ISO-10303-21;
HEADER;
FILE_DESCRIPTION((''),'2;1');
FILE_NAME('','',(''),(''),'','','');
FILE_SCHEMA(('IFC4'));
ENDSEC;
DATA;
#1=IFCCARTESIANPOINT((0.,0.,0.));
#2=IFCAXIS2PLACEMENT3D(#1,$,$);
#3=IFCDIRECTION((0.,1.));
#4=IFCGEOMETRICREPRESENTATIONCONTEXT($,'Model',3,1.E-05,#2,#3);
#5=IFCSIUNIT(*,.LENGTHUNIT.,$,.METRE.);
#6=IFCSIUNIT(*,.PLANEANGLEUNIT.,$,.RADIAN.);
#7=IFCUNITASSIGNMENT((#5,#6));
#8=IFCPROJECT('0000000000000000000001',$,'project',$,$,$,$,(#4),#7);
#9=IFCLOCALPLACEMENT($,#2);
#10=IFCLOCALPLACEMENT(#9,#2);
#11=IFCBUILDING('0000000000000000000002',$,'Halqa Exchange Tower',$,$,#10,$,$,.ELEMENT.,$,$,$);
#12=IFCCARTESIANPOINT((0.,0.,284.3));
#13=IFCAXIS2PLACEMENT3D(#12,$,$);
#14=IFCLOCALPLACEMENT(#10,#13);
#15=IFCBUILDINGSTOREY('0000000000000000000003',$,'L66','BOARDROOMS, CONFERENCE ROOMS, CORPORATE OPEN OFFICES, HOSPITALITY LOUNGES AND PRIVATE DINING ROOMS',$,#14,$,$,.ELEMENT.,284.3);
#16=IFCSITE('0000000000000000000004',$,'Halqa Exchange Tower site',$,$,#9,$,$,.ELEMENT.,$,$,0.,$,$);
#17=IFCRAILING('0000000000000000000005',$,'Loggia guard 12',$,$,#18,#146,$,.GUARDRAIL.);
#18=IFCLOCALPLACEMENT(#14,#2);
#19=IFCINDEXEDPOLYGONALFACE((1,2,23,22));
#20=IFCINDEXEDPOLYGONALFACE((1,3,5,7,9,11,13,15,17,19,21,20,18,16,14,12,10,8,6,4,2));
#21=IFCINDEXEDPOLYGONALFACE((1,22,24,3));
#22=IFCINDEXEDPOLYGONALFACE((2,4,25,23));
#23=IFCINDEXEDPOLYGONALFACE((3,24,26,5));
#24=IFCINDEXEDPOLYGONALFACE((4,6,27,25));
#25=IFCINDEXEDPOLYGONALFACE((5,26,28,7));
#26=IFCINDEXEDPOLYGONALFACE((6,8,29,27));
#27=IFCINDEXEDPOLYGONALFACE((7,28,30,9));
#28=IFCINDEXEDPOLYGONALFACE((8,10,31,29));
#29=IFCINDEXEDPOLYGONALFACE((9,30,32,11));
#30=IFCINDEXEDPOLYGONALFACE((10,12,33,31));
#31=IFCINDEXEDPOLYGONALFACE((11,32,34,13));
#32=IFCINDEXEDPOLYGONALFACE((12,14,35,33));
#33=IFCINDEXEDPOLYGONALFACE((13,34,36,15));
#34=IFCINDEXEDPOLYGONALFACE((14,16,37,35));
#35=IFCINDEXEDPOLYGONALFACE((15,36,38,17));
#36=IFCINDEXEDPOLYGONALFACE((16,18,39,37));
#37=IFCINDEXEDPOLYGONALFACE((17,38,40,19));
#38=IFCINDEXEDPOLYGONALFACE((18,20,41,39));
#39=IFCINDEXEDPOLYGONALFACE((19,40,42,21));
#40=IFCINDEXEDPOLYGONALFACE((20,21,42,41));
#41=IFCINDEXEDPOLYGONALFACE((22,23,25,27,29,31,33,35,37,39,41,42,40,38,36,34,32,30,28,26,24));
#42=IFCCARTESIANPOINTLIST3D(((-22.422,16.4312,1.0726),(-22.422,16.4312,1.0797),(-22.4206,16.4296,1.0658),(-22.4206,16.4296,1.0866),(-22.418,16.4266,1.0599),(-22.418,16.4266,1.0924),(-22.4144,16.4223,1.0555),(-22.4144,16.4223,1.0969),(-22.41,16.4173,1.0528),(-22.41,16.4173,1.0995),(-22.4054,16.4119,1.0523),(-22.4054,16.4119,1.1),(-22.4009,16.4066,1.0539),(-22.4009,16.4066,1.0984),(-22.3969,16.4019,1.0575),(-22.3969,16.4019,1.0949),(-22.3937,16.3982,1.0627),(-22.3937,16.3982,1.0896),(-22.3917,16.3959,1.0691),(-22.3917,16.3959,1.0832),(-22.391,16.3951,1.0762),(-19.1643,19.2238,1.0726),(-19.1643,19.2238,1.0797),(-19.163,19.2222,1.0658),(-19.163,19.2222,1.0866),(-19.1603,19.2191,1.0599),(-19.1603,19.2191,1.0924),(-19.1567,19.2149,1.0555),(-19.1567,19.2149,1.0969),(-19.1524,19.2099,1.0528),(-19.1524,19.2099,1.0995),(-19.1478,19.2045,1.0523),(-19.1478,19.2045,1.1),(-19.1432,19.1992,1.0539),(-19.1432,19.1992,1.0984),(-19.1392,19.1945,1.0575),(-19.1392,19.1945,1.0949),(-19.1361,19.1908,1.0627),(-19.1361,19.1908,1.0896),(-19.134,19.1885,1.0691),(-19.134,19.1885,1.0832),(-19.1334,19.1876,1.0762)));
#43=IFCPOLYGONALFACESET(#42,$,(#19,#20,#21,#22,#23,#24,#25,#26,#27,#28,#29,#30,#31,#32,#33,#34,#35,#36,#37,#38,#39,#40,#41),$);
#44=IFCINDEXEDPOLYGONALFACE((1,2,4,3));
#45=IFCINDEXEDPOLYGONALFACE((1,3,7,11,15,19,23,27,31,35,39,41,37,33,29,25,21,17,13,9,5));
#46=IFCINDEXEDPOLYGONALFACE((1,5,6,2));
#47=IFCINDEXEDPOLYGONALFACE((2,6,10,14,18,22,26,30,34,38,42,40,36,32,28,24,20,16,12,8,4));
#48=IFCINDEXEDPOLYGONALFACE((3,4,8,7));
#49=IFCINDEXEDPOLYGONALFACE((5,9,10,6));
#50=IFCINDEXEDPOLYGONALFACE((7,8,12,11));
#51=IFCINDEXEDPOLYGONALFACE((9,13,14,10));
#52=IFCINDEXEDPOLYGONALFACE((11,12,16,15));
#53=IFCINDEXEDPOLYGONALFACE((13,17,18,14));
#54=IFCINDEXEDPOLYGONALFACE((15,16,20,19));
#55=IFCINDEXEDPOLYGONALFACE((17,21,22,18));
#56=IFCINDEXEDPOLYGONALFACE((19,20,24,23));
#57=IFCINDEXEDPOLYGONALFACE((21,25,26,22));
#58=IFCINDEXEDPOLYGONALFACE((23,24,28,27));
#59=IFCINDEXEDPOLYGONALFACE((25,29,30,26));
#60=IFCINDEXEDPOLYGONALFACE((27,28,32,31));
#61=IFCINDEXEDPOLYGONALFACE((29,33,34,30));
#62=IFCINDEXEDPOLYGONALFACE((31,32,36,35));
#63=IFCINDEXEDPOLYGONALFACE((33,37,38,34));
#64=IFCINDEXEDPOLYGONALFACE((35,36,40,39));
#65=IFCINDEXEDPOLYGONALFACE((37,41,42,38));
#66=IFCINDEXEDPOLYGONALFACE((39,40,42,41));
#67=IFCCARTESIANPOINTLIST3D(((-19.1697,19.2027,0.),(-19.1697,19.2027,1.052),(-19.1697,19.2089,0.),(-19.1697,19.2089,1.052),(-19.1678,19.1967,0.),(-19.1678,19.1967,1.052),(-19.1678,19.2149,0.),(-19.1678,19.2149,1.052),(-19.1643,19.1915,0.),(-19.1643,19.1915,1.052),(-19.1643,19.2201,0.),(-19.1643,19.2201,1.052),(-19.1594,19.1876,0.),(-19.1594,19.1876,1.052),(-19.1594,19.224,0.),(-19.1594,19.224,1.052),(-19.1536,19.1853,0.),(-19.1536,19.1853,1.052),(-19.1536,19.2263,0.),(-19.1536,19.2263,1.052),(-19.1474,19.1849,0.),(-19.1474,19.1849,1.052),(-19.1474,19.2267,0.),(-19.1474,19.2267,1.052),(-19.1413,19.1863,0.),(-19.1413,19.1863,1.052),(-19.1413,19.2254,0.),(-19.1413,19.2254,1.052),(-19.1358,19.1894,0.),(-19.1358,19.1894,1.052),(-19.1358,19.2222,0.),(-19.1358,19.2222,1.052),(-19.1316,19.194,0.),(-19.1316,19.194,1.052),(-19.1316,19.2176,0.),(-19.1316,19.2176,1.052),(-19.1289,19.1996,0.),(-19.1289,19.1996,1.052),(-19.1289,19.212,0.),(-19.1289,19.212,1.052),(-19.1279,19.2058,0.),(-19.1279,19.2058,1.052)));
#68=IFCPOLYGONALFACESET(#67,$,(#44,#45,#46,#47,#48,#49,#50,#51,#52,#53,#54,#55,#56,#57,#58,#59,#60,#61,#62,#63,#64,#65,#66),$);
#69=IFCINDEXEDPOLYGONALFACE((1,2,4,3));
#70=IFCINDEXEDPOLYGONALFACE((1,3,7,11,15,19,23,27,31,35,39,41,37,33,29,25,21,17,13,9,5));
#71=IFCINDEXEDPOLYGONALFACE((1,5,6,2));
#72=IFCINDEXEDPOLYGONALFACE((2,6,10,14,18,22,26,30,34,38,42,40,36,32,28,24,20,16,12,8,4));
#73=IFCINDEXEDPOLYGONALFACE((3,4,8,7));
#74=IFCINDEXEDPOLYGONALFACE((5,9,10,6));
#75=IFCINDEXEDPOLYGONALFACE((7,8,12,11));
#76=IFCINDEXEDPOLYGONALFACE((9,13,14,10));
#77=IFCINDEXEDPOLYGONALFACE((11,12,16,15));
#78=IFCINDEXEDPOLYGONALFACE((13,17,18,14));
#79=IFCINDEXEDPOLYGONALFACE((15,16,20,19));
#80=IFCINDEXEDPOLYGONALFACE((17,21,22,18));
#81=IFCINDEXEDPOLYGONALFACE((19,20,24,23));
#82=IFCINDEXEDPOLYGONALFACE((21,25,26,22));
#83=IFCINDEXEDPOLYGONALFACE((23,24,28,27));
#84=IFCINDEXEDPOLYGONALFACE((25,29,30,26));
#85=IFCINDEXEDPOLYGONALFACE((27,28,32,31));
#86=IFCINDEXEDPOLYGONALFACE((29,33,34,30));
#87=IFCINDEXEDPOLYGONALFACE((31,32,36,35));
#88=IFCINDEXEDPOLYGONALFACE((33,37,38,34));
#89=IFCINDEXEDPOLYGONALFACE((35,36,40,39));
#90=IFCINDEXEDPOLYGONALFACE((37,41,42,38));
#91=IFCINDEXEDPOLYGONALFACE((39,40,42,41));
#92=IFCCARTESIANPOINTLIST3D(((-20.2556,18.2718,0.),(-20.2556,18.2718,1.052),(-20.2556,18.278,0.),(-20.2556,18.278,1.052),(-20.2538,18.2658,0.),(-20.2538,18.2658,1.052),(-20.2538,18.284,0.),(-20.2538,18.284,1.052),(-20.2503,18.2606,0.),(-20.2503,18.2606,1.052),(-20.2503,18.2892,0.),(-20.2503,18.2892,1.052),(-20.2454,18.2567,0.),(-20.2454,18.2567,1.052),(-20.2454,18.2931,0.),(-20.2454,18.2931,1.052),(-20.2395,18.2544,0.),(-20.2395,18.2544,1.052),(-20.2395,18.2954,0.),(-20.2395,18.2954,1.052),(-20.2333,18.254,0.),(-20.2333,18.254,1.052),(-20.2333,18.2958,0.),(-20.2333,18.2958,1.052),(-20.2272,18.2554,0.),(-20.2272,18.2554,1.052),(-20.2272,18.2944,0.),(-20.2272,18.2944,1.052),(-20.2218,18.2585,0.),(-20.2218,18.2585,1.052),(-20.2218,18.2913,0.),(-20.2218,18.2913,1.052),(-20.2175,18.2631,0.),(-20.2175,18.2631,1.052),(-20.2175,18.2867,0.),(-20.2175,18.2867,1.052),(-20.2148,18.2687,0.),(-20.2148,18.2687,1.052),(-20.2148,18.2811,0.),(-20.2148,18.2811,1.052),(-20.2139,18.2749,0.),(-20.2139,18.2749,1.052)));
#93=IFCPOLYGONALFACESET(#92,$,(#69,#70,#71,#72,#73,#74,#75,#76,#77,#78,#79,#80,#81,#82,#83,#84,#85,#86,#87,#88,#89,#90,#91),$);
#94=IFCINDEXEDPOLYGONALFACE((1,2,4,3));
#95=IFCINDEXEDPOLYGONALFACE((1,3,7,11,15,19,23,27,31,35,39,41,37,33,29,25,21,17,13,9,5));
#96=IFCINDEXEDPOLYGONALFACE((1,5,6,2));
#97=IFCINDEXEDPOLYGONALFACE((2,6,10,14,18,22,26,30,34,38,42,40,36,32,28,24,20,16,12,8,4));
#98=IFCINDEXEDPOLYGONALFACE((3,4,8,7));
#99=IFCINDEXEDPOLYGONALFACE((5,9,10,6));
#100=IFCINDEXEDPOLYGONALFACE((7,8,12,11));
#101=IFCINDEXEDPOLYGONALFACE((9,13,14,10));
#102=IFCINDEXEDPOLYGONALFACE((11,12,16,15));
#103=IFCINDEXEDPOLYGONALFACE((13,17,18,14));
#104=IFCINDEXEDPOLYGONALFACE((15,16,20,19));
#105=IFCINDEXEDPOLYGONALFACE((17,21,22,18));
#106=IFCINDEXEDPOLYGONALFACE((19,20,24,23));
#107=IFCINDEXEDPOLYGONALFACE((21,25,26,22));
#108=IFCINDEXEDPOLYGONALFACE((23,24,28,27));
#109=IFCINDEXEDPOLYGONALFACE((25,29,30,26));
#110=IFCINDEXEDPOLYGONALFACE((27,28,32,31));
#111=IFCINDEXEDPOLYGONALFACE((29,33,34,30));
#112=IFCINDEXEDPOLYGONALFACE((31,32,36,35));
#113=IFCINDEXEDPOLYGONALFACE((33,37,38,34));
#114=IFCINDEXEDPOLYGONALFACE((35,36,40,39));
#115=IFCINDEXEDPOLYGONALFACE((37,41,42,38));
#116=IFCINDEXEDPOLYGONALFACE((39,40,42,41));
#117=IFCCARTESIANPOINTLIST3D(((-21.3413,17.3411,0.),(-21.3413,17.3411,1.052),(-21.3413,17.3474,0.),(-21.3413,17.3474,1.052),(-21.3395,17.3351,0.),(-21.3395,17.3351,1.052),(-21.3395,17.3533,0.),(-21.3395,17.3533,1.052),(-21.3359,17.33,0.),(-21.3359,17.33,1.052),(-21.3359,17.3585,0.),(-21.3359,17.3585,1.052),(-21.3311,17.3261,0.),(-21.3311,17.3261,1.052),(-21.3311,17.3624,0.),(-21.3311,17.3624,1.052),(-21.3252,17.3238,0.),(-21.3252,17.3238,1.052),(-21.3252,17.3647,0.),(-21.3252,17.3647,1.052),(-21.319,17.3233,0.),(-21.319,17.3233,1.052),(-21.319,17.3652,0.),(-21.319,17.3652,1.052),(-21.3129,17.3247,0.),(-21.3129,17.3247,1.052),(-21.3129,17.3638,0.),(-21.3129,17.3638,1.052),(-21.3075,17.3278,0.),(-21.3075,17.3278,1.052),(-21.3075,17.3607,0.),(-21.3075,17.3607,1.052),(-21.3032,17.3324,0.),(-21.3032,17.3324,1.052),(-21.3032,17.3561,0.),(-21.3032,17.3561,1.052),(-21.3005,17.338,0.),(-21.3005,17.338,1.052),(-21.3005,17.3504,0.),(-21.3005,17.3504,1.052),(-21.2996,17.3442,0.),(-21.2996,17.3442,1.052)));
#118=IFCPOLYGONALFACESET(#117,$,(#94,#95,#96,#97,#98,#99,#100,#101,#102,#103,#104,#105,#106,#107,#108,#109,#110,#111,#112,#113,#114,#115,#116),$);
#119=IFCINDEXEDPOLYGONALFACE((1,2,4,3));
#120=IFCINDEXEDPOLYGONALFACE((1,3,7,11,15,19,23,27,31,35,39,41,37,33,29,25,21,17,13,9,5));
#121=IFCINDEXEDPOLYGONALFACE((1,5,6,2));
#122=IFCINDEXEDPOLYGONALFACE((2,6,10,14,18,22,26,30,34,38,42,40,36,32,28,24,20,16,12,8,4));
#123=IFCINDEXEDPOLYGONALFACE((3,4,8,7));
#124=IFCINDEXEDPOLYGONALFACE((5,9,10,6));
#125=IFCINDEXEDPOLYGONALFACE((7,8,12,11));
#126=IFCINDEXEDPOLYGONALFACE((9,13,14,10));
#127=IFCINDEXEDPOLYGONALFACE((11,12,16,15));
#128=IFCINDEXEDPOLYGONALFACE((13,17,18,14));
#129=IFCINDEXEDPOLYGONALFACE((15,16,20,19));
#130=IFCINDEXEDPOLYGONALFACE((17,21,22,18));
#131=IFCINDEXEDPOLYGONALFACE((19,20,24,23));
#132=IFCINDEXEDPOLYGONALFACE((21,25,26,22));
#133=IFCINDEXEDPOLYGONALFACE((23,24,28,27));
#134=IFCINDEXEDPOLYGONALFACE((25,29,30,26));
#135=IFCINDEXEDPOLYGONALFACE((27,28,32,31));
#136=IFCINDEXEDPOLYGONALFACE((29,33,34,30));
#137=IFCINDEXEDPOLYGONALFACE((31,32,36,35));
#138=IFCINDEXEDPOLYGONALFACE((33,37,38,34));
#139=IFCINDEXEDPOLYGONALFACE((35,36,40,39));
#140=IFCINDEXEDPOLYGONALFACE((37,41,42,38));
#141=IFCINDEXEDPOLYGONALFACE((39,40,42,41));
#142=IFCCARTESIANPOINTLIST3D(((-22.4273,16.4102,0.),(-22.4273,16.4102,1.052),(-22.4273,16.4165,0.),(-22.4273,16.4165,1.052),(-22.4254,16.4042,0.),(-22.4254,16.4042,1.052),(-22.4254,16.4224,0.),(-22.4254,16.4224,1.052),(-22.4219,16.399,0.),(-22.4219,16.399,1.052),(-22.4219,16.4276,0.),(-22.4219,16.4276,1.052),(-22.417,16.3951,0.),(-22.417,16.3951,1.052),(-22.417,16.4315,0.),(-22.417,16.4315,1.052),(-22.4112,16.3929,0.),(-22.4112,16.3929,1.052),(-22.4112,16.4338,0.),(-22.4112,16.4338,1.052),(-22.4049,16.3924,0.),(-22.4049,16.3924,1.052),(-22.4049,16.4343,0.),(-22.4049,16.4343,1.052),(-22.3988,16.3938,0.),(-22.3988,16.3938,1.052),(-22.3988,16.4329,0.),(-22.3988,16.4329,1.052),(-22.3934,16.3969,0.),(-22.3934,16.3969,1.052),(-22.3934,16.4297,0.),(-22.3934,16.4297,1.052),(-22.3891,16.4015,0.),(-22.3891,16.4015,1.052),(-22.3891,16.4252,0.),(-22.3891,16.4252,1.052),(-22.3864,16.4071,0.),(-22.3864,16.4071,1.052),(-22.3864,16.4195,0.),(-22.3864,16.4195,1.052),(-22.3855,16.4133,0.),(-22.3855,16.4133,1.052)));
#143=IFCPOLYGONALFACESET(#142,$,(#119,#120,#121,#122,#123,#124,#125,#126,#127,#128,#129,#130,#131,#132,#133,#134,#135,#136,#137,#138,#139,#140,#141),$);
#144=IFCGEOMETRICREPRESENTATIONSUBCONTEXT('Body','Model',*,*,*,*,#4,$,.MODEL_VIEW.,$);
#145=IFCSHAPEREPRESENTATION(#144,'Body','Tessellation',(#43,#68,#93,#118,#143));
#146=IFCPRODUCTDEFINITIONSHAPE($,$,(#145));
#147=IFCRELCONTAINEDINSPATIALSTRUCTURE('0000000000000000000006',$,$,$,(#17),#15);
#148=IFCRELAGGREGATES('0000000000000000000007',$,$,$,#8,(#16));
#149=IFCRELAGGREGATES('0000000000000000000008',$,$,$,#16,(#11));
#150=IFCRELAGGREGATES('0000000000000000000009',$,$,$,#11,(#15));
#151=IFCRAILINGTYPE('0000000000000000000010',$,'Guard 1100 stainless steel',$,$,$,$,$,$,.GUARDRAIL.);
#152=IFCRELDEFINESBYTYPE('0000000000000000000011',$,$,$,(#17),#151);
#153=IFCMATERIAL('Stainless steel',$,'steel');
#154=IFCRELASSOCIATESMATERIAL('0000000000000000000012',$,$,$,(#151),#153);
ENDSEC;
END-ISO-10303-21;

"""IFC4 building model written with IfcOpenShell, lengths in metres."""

from ifc_helpers import new_model, si_unit, direction, frame, origin, origin_2d, place, context, subcontext, project, spatial, circle, extrude, material, type_object, element, save


model = new_model("IFC4")

# Units and contexts
model_context = context("Model", 3, precision=1e-05, world=origin(), true_north=direction((0.0, 1.0)))
body_context = subcontext(model_context, "Body", "Model", "MODEL_VIEW")
ifc_project = project(units=[si_unit("LENGTHUNIT", "METRE"), si_unit("PLANEANGLEUNIT", "RADIAN")], contexts=[model_context])

# Site, building, storey
site_placement = place(None, origin())
site = spatial("IfcSite", under=ifc_project, at=site_placement, Name="Halqa Exchange Tower site", CompositionType="ELEMENT", RefElevation=0.0)
building_placement = place(site_placement, origin())
building = spatial("IfcBuilding", under=site, at=building_placement, Name="Halqa Exchange Tower", CompositionType="ELEMENT")
storey_placement = place(building_placement, frame((0.0, 0.0, 284.3)))
storey = spatial("IfcBuildingStorey", under=building, at=storey_placement, Name="L66", Description="BOARDROOMS, CONFERENCE ROOMS, CORPORATE OPEN OFFICES, HOSPITALITY LOUNGES AND PRIVATE DINING ROOMS", CompositionType="ELEMENT", Elevation=284.3)

# Railing
ifc_material_1 = material(Name="Stainless steel", Category="steel")
railing_type = type_object("IfcRailingType", Name="Guard 1100 stainless steel", PredefinedType="GUARDRAIL", material=ifc_material_1)
railing_1_placement = place(storey_placement, frame((-19.1489, 19.2058, 0.0)))
element("IfcRailing", 1, at=railing_1_placement, inside=storey, type_object=railing_type, Name="Loggia guard 12", PredefinedType="GUARDRAIL", context=body_context, shape_type="SweptSolid", body=[
    extrude(circle(Radius=0.0239, at=origin_2d()), frame((0.0, 0.0, 1.0762), z_axis=(-0.759224, -0.650829, 0.0), x_axis=(0.650829, -0.759224, 0.0)), (0.0, 0.0, 1.0), 4.2908),
    extrude(circle(Radius=0.021, at=origin_2d()), origin(), (0.0, 0.0, 1.0), 1.052),
    extrude(circle(Radius=0.021, at=origin_2d()), frame((-1.0859, -0.9309, 0.0)), (0.0, 0.0, 1.0), 1.052),
    extrude(circle(Radius=0.021, at=origin_2d()), frame((-2.1716, -1.8616, 0.0)), (0.0, 0.0, 1.0), 1.052),
    extrude(circle(Radius=0.021, at=origin_2d()), frame((-3.2576, -2.7925, 0.0)), (0.0, 0.0, 1.0), 1.052),
])

save(model, "model.ifc")
